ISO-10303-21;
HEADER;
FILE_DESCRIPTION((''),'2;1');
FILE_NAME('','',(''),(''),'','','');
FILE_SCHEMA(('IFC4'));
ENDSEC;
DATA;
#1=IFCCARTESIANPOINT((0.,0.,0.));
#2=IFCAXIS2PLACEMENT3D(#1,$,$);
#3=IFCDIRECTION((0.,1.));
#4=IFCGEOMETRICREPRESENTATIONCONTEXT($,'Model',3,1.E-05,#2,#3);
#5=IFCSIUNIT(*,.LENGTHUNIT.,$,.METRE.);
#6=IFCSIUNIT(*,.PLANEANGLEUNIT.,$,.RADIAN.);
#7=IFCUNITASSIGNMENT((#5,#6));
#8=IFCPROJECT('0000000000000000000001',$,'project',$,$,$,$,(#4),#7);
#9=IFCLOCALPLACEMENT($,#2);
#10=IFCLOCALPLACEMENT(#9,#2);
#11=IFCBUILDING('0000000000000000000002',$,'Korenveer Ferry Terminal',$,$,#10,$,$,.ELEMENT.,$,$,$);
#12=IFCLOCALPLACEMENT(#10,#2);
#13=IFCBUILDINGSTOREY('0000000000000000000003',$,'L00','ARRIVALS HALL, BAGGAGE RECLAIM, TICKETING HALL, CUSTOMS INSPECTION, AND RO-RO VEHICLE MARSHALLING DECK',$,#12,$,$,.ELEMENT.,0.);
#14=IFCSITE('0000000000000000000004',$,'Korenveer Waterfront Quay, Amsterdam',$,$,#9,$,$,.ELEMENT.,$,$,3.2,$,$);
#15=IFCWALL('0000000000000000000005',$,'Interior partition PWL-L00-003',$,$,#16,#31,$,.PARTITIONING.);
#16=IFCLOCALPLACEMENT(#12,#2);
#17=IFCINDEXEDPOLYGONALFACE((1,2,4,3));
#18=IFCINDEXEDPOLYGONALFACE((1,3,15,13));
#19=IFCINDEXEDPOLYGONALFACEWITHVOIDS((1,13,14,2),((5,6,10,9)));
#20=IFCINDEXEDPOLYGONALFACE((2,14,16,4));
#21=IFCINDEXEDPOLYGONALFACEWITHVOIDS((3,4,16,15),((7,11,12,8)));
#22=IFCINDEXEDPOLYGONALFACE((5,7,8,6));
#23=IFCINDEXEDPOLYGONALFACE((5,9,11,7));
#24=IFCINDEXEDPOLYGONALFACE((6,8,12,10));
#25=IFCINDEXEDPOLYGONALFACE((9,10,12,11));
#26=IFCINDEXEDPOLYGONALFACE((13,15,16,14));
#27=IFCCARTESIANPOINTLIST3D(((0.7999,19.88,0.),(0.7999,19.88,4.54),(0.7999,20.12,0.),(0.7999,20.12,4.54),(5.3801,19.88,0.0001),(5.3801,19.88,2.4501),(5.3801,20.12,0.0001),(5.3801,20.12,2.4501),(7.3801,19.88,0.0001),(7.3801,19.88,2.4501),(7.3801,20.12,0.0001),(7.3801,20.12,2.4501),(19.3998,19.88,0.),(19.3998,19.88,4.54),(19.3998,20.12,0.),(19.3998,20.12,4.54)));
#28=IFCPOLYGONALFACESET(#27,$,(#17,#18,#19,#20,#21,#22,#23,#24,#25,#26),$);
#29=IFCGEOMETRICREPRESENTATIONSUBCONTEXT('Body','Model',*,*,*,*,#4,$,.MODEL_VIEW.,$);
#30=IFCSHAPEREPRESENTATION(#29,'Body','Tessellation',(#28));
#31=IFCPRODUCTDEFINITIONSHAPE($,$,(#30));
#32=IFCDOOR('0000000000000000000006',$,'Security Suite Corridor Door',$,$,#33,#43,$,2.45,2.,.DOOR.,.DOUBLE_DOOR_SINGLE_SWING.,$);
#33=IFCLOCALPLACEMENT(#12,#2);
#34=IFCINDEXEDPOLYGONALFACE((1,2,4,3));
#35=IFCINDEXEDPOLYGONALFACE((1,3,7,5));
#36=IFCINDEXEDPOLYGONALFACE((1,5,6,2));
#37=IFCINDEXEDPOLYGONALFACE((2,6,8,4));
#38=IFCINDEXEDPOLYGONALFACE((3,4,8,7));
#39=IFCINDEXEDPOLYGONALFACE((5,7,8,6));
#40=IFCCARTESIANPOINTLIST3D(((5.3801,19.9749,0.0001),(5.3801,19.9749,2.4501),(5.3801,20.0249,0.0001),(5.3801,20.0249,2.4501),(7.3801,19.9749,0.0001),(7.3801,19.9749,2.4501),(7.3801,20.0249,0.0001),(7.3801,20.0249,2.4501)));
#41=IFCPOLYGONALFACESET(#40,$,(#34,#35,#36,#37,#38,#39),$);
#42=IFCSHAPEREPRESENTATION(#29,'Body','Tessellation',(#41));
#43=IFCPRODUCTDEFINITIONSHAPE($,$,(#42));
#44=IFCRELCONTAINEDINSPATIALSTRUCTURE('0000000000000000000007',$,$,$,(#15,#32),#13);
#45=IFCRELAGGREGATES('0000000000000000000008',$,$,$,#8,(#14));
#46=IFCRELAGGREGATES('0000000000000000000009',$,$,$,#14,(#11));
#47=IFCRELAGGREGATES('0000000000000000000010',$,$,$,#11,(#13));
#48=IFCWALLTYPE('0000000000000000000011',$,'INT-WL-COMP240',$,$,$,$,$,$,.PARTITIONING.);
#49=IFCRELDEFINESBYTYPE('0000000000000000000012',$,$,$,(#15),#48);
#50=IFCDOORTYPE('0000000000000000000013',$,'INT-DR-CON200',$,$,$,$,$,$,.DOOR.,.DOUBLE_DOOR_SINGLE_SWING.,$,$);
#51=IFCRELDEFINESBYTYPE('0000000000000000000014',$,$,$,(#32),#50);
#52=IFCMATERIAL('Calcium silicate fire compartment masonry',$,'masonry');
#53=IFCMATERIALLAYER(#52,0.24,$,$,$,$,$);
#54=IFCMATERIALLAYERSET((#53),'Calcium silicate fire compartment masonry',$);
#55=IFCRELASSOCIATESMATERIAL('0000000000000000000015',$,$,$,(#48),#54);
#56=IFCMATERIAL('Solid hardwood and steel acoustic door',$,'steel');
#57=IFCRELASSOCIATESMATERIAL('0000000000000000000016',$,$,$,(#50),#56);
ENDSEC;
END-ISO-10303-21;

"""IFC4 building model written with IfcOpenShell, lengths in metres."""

from ifc_helpers import new_model, si_unit, direction, frame, frame_2d, origin, place, context, subcontext, project, spatial, rectangle, extrude, material, layer, layer_set, type_object, element, fill, save


model = new_model("IFC4")

# Units and contexts
model_context = context("Model", 3, precision=1e-05, world=origin(), true_north=direction((0.0, 1.0)))
body_context = subcontext(model_context, "Body", "Model", "MODEL_VIEW")
ifc_project = project(units=[si_unit("LENGTHUNIT", "METRE"), si_unit("PLANEANGLEUNIT", "RADIAN")], contexts=[model_context])

# Site, building, storey
site_placement = place(None, origin())
site = spatial("IfcSite", under=ifc_project, at=site_placement, Name="Korenveer Waterfront Quay, Amsterdam", CompositionType="ELEMENT", RefElevation=3.2)
building_placement = place(site_placement, origin())
building = spatial("IfcBuilding", under=site, at=building_placement, Name="Korenveer Ferry Terminal", CompositionType="ELEMENT")
storey_placement = place(building_placement, origin())
storey = spatial("IfcBuildingStorey", under=building, at=storey_placement, Name="L00", Description="ARRIVALS HALL, BAGGAGE RECLAIM, TICKETING HALL, CUSTOMS INSPECTION, AND RO-RO VEHICLE MARSHALLING DECK", CompositionType="ELEMENT", Elevation=0.0)

# Wall, opening, door
ifc_material_1 = material(Name="Calcium silicate fire compartment masonry", Category="masonry")
ifc_layer_1 = layer(ifc_material_1, 0.24)
ifc_layer_set_1 = layer_set([ifc_layer_1], Name="Calcium silicate fire compartment masonry")
wall_type = type_object("IfcWallType", Name="INT-WL-COMP240", PredefinedType="PARTITIONING", material=ifc_layer_set_1)
wall_placement = place(storey_placement, frame((0.8, 20.0, 0.0), z_axis=(0.0, 0.0, 1.0), x_axis=(1.0, 0.0, 0.0)))
wall = element("IfcWall", 1, at=wall_placement, inside=storey, type_object=wall_type, Name="Interior partition PWL-L00-003", PredefinedType="PARTITIONING", context=body_context, shape_type="SweptSolid", body=[
    extrude(rectangle(XDim=18.5999, YDim=0.24, at=frame_2d((9.2998, 0.0))), origin(), (0.0, 0.0, 1.0), 4.54),
])
opening_placement = place(wall_placement, frame((4.5801, 0.0, 0.0)))
opening = element("IfcOpeningElement", 2, at=opening_placement, cuts=wall, PredefinedType="OPENING", context=body_context, shape_type="SweptSolid", body=[
    extrude(rectangle(XDim=2.0, YDim=2.45, at=frame_2d((1.0, 1.2251))), frame((0.0, 0.1299, 0.0), z_axis=(0.0, -1.0, 0.0), x_axis=(1.0, 0.0, 0.0)), (0.0, 0.0, 1.0), 0.26),
])
ifc_material_2 = material(Name="Solid hardwood and steel acoustic door", Category="steel")
door_type = type_object("IfcDoorType", Name="INT-DR-CON200", OperationType="DOUBLE_DOOR_SINGLE_SWING", PredefinedType="DOOR", material=ifc_material_2)
door_placement = place(opening_placement, origin())
door = element("IfcDoor", 3, at=door_placement, inside=storey, type_object=door_type, Name="Security Suite Corridor Door", OperationType="DOUBLE_DOOR_SINGLE_SWING", OverallHeight=2.45, OverallWidth=2.0, PredefinedType="DOOR", context=body_context, shape_type="SweptSolid", body=[
    extrude(rectangle(XDim=2.0, YDim=2.45, at=frame_2d((1.0, 1.2251))), frame((0.0, 0.0249, 0.0), z_axis=(0.0, -1.0, 0.0), x_axis=(1.0, 0.0, 0.0)), (0.0, 0.0, 1.0), 0.05),
])
fill(opening, door)

save(model, "model.ifc")
